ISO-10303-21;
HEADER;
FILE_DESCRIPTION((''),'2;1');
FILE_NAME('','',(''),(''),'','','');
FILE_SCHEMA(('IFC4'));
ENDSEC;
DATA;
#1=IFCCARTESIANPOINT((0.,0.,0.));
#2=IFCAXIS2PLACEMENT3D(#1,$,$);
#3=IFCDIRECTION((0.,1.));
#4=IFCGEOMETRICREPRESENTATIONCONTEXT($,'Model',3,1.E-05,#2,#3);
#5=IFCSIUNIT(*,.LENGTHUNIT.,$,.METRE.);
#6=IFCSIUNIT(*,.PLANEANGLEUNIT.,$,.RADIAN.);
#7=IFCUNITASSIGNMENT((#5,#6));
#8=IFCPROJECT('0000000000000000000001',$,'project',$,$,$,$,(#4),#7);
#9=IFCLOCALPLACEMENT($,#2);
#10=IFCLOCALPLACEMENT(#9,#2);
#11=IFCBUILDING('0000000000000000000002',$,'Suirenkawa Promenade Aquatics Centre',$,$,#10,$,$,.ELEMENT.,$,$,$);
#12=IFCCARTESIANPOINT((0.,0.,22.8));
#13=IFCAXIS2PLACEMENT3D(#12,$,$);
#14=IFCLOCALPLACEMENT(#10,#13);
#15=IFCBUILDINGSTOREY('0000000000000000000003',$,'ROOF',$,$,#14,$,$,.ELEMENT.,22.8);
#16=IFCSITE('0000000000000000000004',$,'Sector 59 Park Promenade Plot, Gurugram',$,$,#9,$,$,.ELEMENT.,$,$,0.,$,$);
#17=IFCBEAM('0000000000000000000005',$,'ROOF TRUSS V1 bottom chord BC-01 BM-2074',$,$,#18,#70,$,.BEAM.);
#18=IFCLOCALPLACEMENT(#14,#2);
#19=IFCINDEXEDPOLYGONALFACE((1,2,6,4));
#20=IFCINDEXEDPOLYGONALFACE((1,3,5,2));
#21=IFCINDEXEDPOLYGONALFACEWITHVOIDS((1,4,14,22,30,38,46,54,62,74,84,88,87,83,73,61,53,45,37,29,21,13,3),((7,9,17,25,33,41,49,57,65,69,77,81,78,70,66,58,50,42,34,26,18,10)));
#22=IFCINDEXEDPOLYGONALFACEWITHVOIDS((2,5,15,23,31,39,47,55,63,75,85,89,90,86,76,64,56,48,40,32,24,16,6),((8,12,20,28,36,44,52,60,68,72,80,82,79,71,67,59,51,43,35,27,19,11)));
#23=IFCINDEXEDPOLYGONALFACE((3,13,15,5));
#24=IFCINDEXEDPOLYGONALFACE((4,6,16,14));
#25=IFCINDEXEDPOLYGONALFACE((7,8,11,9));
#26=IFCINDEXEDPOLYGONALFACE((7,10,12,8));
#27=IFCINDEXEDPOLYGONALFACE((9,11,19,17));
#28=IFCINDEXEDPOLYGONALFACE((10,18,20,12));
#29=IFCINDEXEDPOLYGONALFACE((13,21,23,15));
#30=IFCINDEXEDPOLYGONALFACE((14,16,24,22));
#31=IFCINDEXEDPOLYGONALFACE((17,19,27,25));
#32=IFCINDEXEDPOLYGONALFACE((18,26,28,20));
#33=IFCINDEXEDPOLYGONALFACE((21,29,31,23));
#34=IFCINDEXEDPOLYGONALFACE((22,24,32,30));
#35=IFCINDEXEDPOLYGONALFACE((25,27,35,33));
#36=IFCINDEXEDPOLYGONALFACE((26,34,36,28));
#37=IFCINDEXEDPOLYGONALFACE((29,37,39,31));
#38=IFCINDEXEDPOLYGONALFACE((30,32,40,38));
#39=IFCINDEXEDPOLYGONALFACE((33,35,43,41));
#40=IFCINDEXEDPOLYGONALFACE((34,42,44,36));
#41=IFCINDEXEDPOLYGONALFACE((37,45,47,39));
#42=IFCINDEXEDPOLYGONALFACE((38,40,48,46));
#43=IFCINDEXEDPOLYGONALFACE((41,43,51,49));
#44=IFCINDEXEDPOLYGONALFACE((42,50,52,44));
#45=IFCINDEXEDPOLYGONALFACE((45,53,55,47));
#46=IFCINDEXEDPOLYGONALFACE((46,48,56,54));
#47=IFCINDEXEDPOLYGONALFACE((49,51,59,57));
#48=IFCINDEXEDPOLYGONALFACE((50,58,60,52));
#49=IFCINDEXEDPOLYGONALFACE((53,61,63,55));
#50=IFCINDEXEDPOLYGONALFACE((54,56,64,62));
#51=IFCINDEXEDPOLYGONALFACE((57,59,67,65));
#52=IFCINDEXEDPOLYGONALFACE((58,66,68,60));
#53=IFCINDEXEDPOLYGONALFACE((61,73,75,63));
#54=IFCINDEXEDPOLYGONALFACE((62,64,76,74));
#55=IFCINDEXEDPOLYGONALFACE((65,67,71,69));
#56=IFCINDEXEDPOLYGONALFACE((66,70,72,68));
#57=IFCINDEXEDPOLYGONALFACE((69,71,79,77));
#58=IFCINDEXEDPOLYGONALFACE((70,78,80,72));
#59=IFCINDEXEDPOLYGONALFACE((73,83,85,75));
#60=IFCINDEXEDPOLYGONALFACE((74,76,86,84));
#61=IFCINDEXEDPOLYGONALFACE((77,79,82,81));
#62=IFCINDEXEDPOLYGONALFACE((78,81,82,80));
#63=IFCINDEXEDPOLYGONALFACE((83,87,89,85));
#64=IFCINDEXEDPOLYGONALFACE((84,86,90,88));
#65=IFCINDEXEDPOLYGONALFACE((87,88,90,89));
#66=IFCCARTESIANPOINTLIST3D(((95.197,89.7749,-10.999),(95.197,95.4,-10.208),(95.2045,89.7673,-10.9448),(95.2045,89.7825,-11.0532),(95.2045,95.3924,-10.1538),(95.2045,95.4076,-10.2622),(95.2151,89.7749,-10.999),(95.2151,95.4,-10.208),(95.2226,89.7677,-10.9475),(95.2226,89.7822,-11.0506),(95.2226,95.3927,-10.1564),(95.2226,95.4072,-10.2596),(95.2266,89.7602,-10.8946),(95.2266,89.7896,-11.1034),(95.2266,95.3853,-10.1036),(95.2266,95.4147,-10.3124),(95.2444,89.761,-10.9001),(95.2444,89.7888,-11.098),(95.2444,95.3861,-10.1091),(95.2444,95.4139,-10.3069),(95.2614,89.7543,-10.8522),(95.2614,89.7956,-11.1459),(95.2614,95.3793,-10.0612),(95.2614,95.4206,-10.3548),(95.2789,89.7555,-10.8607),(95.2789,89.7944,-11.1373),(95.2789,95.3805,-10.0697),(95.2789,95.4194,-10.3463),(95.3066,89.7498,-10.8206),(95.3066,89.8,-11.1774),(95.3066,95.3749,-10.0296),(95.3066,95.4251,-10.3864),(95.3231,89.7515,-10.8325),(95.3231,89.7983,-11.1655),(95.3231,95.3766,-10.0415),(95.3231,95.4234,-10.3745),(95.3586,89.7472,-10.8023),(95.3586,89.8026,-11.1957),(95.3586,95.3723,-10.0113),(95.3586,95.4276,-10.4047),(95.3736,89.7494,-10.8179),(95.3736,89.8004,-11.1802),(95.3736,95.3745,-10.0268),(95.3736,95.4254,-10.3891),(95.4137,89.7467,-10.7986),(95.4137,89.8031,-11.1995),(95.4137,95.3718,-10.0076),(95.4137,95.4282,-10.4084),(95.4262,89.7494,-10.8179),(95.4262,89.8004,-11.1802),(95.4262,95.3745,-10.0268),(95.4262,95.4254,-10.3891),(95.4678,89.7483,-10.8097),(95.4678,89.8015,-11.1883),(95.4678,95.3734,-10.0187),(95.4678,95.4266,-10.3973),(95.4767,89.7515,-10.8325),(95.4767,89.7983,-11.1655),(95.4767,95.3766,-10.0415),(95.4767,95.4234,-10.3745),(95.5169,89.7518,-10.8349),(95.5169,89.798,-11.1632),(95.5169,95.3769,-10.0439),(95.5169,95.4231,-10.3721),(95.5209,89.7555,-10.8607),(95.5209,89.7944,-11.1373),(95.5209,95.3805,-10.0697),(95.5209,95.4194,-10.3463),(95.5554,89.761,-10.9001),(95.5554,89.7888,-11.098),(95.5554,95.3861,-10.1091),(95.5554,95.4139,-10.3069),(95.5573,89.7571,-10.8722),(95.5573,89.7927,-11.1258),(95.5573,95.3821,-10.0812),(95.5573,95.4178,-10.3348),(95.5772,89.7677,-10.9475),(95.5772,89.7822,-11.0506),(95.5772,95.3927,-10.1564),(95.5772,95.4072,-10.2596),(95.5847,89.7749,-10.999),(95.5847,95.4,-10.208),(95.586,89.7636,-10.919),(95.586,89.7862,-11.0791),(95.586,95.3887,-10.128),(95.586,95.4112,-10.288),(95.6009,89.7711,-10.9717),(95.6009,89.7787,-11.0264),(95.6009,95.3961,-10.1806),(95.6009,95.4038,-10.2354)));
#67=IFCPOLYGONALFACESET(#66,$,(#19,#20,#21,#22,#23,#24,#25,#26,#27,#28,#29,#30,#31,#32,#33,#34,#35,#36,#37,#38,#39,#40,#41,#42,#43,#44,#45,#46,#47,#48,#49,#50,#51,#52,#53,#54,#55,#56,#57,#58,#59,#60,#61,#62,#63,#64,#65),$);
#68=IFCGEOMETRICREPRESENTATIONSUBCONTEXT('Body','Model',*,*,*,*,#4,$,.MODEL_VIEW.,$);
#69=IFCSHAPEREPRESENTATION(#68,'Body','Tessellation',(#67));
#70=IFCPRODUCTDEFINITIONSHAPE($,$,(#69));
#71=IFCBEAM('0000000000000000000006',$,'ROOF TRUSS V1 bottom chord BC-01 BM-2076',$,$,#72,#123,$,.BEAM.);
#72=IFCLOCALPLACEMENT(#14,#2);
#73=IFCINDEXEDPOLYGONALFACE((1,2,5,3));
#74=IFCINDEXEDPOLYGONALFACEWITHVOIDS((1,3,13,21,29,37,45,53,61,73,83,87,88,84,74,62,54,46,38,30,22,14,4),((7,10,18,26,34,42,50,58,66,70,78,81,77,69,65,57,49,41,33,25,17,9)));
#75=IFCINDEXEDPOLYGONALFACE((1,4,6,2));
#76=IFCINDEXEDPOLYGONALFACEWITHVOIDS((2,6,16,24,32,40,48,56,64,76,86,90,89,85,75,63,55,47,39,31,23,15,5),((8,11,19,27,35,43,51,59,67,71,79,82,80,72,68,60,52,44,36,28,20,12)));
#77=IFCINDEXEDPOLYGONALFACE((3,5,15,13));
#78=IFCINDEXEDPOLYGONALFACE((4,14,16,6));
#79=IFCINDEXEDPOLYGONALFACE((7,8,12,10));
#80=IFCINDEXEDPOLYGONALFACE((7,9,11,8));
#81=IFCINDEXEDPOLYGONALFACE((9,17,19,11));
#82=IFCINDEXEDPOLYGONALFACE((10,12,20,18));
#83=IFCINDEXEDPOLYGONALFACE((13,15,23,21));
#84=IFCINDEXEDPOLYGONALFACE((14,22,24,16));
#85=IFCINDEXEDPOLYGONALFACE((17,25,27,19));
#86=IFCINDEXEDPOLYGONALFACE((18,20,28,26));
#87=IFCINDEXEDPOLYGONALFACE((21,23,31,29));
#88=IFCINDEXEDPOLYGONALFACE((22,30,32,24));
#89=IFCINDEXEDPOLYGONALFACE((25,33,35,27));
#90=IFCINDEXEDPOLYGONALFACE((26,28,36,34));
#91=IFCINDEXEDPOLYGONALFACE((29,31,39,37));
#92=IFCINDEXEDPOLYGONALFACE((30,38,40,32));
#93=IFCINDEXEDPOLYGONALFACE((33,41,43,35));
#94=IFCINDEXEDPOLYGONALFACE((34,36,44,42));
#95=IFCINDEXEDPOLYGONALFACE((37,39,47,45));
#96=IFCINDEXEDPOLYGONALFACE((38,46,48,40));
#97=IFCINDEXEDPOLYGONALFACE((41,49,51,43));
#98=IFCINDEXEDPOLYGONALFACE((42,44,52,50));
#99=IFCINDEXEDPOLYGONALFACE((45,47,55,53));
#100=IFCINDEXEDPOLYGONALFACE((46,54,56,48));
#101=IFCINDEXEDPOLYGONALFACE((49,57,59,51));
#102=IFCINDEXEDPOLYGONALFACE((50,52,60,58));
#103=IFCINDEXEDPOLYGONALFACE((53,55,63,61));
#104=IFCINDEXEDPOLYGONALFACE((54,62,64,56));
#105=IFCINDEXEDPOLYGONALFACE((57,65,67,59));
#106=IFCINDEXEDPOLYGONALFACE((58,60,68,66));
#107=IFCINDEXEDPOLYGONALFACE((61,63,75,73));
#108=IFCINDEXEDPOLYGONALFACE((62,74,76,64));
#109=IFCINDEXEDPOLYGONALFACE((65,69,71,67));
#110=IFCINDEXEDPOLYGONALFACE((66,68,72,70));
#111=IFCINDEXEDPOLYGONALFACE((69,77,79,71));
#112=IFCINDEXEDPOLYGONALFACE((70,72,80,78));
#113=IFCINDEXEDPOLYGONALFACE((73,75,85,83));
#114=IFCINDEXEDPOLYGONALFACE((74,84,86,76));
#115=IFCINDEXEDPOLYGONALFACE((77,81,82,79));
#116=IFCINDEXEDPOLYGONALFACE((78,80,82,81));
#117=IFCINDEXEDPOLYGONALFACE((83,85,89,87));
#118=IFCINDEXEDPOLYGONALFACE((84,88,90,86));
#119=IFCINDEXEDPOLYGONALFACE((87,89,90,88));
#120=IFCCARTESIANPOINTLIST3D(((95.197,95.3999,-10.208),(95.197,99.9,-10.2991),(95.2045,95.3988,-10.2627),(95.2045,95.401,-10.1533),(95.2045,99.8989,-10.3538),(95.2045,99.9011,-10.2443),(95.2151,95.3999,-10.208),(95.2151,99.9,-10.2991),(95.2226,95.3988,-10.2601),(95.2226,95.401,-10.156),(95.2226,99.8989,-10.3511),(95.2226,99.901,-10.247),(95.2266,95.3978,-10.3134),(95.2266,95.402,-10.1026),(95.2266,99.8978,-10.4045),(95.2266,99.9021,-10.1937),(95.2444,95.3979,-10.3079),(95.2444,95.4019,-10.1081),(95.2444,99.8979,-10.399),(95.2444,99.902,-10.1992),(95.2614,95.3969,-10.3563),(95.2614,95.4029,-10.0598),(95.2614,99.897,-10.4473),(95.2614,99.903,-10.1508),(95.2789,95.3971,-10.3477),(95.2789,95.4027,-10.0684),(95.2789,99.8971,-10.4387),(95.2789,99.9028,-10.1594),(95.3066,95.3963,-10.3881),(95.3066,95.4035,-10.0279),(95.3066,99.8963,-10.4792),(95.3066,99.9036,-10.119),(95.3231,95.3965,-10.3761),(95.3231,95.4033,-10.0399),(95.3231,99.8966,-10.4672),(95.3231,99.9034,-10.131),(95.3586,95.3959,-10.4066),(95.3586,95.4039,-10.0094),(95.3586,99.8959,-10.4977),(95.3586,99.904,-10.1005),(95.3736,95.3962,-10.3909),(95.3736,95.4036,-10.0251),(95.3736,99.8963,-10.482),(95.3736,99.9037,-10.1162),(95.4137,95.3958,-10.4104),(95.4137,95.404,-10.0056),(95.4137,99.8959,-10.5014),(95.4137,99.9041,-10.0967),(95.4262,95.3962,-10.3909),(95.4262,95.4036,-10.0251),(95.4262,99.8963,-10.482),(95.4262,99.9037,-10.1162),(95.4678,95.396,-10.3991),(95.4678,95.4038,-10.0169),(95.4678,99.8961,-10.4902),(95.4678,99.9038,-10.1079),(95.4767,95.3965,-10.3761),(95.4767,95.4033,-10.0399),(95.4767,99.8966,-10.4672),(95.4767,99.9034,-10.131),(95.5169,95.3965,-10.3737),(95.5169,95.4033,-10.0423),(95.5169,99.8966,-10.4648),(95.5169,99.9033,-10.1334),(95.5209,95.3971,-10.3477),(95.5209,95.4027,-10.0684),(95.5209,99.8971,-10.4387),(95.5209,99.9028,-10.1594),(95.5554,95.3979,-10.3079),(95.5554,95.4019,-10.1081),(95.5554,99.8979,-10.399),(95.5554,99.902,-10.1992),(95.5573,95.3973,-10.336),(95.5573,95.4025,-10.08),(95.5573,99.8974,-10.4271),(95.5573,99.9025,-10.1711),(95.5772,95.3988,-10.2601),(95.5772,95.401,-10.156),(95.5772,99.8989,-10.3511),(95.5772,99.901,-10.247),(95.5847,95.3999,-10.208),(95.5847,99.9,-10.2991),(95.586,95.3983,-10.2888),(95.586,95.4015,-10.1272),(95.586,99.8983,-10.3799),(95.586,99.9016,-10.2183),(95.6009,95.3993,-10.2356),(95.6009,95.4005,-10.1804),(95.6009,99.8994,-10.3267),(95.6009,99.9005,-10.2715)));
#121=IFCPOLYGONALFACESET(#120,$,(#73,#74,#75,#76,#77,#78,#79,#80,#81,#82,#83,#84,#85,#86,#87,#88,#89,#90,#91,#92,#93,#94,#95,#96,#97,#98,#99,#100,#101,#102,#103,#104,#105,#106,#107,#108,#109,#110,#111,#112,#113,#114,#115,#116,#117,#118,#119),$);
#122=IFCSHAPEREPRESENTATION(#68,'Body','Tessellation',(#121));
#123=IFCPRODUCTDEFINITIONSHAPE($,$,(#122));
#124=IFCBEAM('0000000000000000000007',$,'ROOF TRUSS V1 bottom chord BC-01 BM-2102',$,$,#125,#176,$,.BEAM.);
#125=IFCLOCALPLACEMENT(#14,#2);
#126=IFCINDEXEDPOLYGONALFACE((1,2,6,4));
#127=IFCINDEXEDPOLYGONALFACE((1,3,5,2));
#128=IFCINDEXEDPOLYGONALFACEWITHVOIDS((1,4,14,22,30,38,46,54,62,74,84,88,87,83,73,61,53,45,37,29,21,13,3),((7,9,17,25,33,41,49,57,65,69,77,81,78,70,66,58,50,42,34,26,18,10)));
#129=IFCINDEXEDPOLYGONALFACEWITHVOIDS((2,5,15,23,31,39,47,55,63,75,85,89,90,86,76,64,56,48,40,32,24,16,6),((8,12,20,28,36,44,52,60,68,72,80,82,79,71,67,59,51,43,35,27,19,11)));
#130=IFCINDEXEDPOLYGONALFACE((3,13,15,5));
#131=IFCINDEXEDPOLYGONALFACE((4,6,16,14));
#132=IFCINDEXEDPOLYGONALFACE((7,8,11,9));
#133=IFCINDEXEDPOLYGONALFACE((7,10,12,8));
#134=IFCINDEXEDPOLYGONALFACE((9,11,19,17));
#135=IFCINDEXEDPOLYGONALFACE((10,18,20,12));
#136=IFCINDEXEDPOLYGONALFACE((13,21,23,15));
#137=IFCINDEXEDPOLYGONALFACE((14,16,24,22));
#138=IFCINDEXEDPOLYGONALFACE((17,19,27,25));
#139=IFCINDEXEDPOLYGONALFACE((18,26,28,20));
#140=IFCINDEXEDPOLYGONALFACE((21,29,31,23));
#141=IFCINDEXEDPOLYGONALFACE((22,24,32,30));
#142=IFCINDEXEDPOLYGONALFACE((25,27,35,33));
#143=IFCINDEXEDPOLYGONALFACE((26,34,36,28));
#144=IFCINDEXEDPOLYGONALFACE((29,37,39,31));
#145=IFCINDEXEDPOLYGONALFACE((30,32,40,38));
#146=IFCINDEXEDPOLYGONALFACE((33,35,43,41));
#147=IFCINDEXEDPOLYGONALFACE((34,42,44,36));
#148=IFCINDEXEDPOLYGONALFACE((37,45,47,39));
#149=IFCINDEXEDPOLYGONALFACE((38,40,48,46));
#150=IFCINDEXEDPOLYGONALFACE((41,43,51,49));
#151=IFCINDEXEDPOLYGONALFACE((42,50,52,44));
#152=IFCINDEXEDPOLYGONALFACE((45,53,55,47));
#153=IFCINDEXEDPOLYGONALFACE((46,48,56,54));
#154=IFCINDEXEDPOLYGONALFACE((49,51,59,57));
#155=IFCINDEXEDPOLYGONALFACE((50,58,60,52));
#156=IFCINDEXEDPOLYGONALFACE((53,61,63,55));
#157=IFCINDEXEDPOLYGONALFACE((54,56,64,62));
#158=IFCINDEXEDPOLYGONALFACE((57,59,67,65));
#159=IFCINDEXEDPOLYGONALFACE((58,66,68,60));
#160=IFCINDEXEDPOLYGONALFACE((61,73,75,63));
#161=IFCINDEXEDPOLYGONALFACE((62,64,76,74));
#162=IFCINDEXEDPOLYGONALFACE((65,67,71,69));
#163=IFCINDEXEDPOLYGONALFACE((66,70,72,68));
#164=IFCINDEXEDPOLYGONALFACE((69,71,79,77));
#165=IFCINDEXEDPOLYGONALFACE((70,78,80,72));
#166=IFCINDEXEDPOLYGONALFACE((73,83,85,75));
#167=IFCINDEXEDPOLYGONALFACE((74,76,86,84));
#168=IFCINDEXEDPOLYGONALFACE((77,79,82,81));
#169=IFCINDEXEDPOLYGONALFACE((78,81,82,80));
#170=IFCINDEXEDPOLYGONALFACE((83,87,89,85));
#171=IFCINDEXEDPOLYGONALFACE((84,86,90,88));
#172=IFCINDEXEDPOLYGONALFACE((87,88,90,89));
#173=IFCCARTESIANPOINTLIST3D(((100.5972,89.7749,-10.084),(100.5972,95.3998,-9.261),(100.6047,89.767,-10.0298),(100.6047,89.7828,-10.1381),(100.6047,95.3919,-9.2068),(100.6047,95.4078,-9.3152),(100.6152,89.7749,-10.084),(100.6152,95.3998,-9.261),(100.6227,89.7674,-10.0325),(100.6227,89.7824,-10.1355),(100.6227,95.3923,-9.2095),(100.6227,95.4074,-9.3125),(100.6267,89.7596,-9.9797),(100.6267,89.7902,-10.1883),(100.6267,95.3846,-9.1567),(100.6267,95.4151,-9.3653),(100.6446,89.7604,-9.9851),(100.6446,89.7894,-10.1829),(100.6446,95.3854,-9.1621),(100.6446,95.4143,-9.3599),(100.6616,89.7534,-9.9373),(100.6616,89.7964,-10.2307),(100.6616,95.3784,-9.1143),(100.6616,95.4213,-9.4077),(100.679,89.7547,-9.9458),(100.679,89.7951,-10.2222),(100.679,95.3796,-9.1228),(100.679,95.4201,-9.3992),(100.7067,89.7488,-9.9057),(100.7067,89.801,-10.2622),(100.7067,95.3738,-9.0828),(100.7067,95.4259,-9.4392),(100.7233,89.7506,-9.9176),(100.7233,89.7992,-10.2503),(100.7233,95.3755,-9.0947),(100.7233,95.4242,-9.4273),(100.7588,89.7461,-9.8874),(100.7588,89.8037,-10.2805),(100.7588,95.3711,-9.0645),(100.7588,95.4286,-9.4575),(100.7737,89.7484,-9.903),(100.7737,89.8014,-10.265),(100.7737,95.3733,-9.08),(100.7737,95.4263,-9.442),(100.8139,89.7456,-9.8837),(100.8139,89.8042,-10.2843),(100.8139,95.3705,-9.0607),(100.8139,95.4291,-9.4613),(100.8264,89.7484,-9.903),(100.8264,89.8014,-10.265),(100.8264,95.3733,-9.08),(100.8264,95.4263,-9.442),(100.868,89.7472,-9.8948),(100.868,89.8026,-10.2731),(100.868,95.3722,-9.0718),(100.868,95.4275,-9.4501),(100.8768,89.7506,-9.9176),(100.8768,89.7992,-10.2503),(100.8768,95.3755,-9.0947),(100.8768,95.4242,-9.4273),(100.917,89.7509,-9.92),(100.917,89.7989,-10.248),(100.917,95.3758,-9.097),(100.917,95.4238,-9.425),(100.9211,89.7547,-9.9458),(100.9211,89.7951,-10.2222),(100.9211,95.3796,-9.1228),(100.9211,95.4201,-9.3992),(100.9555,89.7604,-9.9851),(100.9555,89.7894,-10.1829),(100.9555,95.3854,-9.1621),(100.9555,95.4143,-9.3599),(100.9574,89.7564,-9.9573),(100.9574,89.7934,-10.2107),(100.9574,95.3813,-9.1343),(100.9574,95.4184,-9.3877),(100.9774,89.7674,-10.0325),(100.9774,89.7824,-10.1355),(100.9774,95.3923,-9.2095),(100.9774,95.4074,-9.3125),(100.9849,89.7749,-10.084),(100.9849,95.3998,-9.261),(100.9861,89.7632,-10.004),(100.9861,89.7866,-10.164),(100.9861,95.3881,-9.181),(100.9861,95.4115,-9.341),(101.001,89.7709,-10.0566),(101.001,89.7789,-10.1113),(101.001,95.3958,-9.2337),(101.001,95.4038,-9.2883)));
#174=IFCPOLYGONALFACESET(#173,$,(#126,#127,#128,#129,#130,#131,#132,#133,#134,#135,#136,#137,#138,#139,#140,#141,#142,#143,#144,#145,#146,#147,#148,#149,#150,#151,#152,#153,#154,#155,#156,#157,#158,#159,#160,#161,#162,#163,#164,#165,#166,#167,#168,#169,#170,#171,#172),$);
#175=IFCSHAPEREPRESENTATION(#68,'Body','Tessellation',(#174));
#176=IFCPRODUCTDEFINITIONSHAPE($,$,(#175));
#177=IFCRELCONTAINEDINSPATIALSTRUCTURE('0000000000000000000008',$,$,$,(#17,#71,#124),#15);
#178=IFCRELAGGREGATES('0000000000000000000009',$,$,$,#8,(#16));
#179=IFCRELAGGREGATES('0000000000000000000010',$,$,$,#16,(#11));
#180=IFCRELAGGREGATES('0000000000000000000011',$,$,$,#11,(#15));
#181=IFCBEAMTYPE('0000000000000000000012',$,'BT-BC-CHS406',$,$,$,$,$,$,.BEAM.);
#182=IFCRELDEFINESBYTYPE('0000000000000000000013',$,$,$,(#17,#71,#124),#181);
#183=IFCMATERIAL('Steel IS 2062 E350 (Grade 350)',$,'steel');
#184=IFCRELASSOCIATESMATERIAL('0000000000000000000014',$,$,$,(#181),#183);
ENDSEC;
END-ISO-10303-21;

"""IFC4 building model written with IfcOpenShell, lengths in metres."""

from ifc_helpers import new_model, si_unit, direction, frame, origin, origin_2d, place, context, subcontext, project, spatial, hollow_circle, extrude, material, material_profile, profile_set, type_object, element, save


model = new_model("IFC4")

# Units and contexts
model_context = context("Model", 3, precision=1e-05, world=origin(), true_north=direction((0.0, 1.0)))
body_context = subcontext(model_context, "Body", "Model", "MODEL_VIEW")
ifc_project = project(units=[si_unit("LENGTHUNIT", "METRE"), si_unit("PLANEANGLEUNIT", "RADIAN")], contexts=[model_context])

# Site, building, storey
site_placement = place(None, origin())
site = spatial("IfcSite", under=ifc_project, at=site_placement, Name="Sector 59 Park Promenade Plot, Gurugram", CompositionType="ELEMENT", RefElevation=0.0)
building_placement = place(site_placement, origin())
building = spatial("IfcBuilding", under=site, at=building_placement, Name="Suirenkawa Promenade Aquatics Centre", CompositionType="ELEMENT")
storey_placement = place(building_placement, frame((0.0, 0.0, 22.8)))
storey = spatial("IfcBuildingStorey", under=building, at=storey_placement, Name="ROOF", CompositionType="ELEMENT", Elevation=22.8)

# Beams
ifc_material = material(Name="Steel IS 2062 E350 (Grade 350)", Category="steel")
ifc_material_profile_1 = material_profile(ifc_material, hollow_circle(Radius=0.2029, WallThickness=0.0181, at=origin_2d()), Name="CHS 406x18", Category="steel")
ifc_profile_set_1 = profile_set([ifc_material_profile_1], Name="Steel IS 2062 E350 (Grade 350)")
beam_type_1 = type_object("IfcBeamType", Name="BT-BC-CHS406", PredefinedType="BEAM", material=ifc_profile_set_1)
beam_1_placement = place(storey_placement, frame((95.3999, 89.7749, -10.999), z_axis=(0.0, 0.990257, 0.139255), x_axis=(-1.0, 0.0, 0.0)))
element("IfcBeam", 1, at=beam_1_placement, inside=storey, type_object=beam_type_1, Name="ROOF TRUSS V1 bottom chord BC-01 BM-2074", PredefinedType="BEAM", context=body_context, shape_type="SweptSolid", body=[
    extrude(hollow_circle(Radius=0.2029, WallThickness=0.0181, at=origin_2d()), origin(), (0.0, 0.0, 1.0), 5.6804),
])
beam_2_placement = place(storey_placement, frame((95.3999, 95.3999, -10.208), z_axis=(0.0, 0.999795, -0.020232), x_axis=(-1.0, 0.0, 0.0)))
element("IfcBeam", 2, at=beam_2_placement, inside=storey, type_object=beam_type_1, Name="ROOF TRUSS V1 bottom chord BC-01 BM-2076", PredefinedType="BEAM", context=body_context, shape_type="SweptSolid", body=[
    extrude(hollow_circle(Radius=0.2029, WallThickness=0.0181, at=origin_2d()), origin(), (0.0, 0.0, 1.0), 4.501),
])
beam_3_placement = place(storey_placement, frame((100.8, 89.7749, -10.084), z_axis=(0.0, 0.989465, 0.144769), x_axis=(-1.0, 0.0, 0.0)))
element("IfcBeam", 3, at=beam_3_placement, inside=storey, type_object=beam_type_1, Name="ROOF TRUSS V1 bottom chord BC-01 BM-2102", PredefinedType="BEAM", context=body_context, shape_type="SweptSolid", body=[
    extrude(hollow_circle(Radius=0.2029, WallThickness=0.0181, at=origin_2d()), origin(), (0.0, 0.0, 1.0), 5.6848),
])

save(model, "model.ifc")
